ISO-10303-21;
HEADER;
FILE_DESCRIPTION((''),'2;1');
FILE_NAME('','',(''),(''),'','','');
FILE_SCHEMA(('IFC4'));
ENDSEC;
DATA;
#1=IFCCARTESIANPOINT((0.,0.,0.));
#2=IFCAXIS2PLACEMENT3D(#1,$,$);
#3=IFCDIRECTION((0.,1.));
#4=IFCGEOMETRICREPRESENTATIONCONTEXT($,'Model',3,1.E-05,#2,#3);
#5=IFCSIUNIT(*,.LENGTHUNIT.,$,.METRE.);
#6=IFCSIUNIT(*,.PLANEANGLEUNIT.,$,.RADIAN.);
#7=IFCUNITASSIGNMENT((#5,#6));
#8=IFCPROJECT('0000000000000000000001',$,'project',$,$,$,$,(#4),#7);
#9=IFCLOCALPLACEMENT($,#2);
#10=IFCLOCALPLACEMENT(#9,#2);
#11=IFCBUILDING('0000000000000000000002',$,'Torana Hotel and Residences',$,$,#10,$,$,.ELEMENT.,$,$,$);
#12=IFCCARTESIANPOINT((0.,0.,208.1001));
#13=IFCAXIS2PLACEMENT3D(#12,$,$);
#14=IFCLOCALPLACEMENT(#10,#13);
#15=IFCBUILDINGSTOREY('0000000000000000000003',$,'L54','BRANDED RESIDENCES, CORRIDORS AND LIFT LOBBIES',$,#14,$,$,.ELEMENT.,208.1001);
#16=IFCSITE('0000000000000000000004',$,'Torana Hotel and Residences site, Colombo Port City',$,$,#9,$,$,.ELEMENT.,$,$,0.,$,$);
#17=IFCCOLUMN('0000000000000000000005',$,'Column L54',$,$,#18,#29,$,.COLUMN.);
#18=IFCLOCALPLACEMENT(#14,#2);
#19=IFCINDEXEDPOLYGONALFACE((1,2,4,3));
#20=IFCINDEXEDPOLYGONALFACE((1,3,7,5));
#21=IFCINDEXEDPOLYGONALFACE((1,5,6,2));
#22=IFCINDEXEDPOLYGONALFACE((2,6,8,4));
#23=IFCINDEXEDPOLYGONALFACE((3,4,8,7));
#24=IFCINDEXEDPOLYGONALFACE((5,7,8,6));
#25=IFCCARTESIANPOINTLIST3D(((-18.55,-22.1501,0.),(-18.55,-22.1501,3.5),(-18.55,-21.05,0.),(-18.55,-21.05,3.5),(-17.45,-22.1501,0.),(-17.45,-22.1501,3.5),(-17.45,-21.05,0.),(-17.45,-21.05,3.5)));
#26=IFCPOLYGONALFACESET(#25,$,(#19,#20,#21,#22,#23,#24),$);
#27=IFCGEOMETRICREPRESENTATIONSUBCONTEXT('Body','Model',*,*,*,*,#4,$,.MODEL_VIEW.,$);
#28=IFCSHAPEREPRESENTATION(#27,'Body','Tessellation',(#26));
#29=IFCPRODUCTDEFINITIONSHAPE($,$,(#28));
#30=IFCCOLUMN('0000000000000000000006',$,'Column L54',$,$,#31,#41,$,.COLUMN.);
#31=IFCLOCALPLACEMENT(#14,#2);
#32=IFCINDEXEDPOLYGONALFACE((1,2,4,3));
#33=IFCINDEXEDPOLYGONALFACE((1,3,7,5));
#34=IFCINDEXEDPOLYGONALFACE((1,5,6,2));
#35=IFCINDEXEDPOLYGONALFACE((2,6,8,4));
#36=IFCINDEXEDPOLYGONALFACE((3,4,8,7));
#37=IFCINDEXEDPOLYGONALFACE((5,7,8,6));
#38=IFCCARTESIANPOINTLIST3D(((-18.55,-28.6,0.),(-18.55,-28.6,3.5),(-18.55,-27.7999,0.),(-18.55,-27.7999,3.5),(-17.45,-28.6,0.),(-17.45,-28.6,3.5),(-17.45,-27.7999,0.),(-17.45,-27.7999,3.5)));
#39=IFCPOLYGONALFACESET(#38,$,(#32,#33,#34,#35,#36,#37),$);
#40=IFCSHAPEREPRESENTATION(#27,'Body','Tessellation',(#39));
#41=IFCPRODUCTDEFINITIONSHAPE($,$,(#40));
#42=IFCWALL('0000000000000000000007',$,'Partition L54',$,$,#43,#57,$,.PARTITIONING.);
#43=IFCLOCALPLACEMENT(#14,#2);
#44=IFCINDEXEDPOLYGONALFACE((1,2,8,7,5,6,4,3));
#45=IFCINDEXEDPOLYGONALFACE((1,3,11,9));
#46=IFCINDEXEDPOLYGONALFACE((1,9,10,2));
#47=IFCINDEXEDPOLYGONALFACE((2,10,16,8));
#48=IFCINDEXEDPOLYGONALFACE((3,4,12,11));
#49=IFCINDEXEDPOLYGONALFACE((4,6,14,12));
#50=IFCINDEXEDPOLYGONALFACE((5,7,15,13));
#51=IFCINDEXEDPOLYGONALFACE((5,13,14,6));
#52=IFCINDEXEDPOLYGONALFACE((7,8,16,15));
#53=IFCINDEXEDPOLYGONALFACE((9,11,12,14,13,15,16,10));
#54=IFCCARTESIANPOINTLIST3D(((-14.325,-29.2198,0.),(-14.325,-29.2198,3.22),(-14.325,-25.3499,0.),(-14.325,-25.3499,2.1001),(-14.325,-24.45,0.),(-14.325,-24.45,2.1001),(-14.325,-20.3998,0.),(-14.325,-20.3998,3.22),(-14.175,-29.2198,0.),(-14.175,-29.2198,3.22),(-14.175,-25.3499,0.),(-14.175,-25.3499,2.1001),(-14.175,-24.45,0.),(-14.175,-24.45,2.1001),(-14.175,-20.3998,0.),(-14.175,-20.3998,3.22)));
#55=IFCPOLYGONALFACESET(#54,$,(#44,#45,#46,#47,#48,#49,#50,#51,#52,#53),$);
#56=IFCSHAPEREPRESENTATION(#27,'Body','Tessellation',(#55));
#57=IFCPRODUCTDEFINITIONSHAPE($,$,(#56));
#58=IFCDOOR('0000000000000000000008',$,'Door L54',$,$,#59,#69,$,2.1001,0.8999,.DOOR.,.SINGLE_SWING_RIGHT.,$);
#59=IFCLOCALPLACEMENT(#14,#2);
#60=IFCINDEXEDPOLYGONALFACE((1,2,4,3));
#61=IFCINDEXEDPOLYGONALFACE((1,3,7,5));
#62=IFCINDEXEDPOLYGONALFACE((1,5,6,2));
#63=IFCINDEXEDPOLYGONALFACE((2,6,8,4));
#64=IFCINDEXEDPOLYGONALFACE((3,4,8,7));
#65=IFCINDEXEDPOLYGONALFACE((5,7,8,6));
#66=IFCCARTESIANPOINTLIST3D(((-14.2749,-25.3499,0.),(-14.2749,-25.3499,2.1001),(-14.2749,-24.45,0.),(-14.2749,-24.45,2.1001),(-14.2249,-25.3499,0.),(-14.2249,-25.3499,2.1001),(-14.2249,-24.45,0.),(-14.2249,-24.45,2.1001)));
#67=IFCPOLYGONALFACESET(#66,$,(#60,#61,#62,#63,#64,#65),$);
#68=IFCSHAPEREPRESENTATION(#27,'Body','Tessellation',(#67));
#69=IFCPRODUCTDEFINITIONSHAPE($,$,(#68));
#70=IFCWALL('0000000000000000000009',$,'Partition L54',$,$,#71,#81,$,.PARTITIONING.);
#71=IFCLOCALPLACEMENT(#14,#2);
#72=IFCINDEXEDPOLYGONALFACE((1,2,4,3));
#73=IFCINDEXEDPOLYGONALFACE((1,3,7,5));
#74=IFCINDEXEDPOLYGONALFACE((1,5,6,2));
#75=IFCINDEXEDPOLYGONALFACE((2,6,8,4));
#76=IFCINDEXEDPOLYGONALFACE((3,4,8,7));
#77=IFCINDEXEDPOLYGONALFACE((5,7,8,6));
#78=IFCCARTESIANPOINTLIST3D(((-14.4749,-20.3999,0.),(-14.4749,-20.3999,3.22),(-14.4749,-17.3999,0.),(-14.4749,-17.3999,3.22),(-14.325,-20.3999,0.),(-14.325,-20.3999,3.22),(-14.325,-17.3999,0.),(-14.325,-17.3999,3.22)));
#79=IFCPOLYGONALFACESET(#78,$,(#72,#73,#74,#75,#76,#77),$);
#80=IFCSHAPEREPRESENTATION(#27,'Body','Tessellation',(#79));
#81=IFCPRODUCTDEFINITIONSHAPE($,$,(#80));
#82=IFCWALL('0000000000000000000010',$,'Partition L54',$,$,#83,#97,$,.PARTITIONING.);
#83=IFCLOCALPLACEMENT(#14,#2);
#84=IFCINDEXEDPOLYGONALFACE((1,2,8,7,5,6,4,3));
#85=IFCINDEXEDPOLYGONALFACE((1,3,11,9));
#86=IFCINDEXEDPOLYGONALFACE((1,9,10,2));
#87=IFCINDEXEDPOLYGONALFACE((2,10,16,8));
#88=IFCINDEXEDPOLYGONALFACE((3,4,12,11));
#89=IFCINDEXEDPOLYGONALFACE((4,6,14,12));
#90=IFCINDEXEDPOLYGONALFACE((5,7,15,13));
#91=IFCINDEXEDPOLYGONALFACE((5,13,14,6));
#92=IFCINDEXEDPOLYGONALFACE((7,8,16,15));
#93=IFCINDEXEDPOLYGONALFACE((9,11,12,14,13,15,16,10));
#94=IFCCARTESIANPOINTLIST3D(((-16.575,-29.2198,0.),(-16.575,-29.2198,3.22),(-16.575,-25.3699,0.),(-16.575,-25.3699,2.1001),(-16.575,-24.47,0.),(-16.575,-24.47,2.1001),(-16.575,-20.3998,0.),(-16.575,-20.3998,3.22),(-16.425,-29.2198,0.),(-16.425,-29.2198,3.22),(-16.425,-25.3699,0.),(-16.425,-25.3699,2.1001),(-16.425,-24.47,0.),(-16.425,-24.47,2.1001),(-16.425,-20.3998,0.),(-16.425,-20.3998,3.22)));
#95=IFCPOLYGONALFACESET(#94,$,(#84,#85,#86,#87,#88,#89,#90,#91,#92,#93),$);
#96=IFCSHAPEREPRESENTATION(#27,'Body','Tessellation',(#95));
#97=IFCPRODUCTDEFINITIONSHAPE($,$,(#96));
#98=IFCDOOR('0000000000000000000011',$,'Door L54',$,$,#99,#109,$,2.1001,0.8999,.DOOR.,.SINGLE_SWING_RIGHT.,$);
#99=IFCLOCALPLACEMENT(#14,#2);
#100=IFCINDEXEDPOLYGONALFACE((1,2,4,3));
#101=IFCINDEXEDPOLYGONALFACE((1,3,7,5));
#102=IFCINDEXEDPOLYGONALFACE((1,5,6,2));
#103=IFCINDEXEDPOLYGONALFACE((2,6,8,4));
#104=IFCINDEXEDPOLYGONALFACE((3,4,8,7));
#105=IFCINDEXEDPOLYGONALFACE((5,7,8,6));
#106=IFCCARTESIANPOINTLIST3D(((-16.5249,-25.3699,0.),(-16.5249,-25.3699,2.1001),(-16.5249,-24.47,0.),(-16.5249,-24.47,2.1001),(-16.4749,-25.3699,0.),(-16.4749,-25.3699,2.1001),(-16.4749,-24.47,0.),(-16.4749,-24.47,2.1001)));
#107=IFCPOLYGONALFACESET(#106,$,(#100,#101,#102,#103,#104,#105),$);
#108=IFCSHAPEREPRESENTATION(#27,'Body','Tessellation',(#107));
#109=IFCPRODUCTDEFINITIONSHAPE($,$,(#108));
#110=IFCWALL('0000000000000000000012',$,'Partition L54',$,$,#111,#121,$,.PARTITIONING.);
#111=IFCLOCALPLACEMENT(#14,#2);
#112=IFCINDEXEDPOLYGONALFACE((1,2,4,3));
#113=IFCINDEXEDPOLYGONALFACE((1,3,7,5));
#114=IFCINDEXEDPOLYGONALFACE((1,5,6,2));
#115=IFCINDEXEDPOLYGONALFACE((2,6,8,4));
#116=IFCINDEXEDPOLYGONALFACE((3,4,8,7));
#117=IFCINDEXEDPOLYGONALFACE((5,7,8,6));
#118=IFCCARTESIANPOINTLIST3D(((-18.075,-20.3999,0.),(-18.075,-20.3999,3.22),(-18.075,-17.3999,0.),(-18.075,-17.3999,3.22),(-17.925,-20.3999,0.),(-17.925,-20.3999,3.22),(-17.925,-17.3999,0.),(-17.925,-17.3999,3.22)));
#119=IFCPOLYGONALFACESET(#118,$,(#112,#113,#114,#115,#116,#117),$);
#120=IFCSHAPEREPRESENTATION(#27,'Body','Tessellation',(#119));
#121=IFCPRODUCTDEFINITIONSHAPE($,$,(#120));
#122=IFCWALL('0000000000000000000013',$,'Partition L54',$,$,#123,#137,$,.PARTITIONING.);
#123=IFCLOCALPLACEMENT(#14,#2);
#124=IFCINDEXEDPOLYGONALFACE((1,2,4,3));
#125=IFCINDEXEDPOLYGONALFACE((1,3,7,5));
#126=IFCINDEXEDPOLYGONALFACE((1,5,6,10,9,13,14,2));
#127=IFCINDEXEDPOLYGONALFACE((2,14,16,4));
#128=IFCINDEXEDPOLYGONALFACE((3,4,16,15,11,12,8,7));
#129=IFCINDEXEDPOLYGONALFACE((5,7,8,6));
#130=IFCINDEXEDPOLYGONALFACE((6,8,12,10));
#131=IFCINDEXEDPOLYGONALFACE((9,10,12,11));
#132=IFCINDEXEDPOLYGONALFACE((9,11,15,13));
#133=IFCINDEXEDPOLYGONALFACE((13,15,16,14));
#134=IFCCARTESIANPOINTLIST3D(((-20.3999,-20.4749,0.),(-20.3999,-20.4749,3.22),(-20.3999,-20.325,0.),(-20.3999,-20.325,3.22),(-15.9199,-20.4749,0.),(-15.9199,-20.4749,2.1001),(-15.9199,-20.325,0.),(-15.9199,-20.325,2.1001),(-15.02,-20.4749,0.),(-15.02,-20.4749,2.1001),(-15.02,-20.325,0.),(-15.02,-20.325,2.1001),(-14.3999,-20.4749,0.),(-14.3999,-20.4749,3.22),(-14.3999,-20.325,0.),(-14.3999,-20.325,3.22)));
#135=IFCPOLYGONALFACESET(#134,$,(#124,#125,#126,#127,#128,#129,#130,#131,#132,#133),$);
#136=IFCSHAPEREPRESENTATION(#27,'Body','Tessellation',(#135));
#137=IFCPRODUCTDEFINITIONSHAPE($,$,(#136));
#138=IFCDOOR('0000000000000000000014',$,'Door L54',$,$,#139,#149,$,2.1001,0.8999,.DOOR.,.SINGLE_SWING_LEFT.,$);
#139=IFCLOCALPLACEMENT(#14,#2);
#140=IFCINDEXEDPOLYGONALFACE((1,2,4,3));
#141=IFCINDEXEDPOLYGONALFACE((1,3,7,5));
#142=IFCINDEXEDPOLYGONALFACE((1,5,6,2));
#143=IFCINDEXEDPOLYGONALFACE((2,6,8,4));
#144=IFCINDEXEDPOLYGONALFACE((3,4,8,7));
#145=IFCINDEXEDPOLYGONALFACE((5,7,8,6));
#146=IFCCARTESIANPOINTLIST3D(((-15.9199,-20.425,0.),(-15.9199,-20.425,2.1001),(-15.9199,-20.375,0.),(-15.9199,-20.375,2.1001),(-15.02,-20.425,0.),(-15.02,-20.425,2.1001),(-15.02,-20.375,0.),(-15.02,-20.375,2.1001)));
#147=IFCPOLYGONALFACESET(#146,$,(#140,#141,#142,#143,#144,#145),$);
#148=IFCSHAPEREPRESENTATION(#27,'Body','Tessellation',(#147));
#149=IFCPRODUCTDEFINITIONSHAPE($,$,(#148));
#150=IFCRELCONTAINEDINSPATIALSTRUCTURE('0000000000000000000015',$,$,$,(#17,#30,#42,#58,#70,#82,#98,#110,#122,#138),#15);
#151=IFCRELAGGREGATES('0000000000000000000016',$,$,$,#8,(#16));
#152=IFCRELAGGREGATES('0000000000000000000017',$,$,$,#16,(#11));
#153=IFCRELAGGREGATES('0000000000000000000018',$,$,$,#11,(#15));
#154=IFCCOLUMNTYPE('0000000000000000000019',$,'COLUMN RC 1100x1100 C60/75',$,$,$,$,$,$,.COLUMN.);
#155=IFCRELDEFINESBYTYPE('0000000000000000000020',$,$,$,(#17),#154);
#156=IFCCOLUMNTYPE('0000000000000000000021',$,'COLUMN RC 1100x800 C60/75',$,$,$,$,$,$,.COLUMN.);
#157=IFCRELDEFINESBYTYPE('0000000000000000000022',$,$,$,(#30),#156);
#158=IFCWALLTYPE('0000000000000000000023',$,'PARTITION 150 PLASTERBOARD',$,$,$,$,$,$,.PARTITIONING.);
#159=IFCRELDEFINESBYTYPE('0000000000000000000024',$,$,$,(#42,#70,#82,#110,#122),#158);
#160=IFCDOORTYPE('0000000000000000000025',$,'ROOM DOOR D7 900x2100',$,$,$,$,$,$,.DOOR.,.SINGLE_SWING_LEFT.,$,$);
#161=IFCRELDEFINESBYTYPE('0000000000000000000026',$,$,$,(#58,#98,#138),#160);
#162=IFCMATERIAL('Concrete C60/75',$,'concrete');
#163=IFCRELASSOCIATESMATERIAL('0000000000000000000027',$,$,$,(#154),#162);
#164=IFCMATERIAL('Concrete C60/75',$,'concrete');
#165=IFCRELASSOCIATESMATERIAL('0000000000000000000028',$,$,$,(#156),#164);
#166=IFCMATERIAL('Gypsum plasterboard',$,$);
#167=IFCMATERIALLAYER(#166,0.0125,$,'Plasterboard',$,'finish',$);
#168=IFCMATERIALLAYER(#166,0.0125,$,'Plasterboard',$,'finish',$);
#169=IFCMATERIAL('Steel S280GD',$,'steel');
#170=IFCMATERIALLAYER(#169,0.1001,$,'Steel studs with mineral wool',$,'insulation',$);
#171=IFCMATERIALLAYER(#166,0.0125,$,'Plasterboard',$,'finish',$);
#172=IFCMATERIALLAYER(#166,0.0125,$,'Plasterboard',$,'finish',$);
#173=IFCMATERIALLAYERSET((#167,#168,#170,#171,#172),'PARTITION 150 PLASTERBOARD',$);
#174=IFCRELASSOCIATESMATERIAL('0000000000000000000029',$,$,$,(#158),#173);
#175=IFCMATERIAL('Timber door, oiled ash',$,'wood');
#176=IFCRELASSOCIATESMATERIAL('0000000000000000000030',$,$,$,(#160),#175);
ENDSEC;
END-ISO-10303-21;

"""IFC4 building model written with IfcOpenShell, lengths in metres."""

from ifc_helpers import new_model, si_unit, direction, frame, frame_2d, origin, origin_2d, place, context, subcontext, project, spatial, rectangle, extrude, material, layer, layer_set, material_profile, profile_set, type_object, element, fill, save


model = new_model("IFC4")

# Units and contexts
model_context = context("Model", 3, precision=1e-05, world=origin(), true_north=direction((0.0, 1.0)))
body_context = subcontext(model_context, "Body", "Model", "MODEL_VIEW")
ifc_project = project(units=[si_unit("LENGTHUNIT", "METRE"), si_unit("PLANEANGLEUNIT", "RADIAN")], contexts=[model_context])

# Site, building, storey
site_placement = place(None, origin())
site = spatial("IfcSite", under=ifc_project, at=site_placement, Name="Torana Hotel and Residences site, Colombo Port City", CompositionType="ELEMENT", RefElevation=0.0)
building_placement = place(site_placement, origin())
building = spatial("IfcBuilding", under=site, at=building_placement, Name="Torana Hotel and Residences", CompositionType="ELEMENT")
storey_placement = place(building_placement, frame((0.0, 0.0, 208.1001)))
storey = spatial("IfcBuildingStorey", under=building, at=storey_placement, Name="L54", Description="BRANDED RESIDENCES, CORRIDORS AND LIFT LOBBIES", CompositionType="ELEMENT", Elevation=208.1001)

# Columns
ifc_material_1 = material(Name="Concrete C60/75", Category="concrete")
ifc_material_profile_1 = material_profile(ifc_material_1, rectangle(XDim=1.1001, YDim=1.1001, at=origin_2d()), Name="RC 1100x1100")
ifc_profile_set_1 = profile_set([ifc_material_profile_1], Name="Concrete C60/75")
column_type_1 = type_object("IfcColumnType", Name="COLUMN RC 1100x1100 C60/75", PredefinedType="COLUMN", material=ifc_profile_set_1)
column_1_placement = place(storey_placement, frame((-18.0, -21.6001, 0.0), z_axis=(0.0, 0.0, 1.0), x_axis=(1.0, 0.0, 0.0)))
element("IfcColumn", 1, at=column_1_placement, inside=storey, type_object=column_type_1, Name="Column L54", PredefinedType="COLUMN", context=body_context, shape_type="SweptSolid", body=[
    extrude(rectangle(XDim=1.1001, YDim=1.1001, at=origin_2d()), origin(), (0.0, 0.0, 1.0), 3.5),
])
ifc_material_2 = material(Name="Concrete C60/75", Category="concrete")
ifc_material_profile_2 = material_profile(ifc_material_2, rectangle(XDim=1.1001, YDim=0.8, at=origin_2d()), Name="RC 1100x800")
ifc_profile_set_2 = profile_set([ifc_material_profile_2], Name="Concrete C60/75")
column_type_2 = type_object("IfcColumnType", Name="COLUMN RC 1100x800 C60/75", PredefinedType="COLUMN", material=ifc_profile_set_2)
column_2_placement = place(storey_placement, frame((-18.0, -28.2, 0.0), z_axis=(0.0, 0.0, 1.0), x_axis=(1.0, 0.0, 0.0)))
element("IfcColumn", 2, at=column_2_placement, inside=storey, type_object=column_type_2, Name="Column L54", PredefinedType="COLUMN", context=body_context, shape_type="SweptSolid", body=[
    extrude(rectangle(XDim=1.1001, YDim=0.8, at=origin_2d()), origin(), (0.0, 0.0, 1.0), 3.5),
])

# Wall, opening, door
ifc_material_3 = material(Name="Gypsum plasterboard")
ifc_layer_1 = layer(ifc_material_3, 0.0125, Name="Plasterboard", Category="finish")
ifc_layer_2 = layer(ifc_material_3, 0.0125, Name="Plasterboard", Category="finish")
ifc_material_4 = material(Name="Steel S280GD", Category="steel")
ifc_layer_3 = layer(ifc_material_4, 0.1001, Name="Steel studs with mineral wool", Category="insulation")
ifc_layer_4 = layer(ifc_material_3, 0.0125, Name="Plasterboard", Category="finish")
ifc_layer_5 = layer(ifc_material_3, 0.0125, Name="Plasterboard", Category="finish")
ifc_layer_set_1 = layer_set([ifc_layer_1, ifc_layer_2, ifc_layer_3, ifc_layer_4, ifc_layer_5], Name="PARTITION 150 PLASTERBOARD")
wall_type_1 = type_object("IfcWallType", Name="PARTITION 150 PLASTERBOARD", PredefinedType="PARTITIONING", material=ifc_layer_set_1)
wall_1_placement = place(storey_placement, frame((-14.25, -29.22, 0.0), z_axis=(0.0, 0.0, 1.0), x_axis=(0.0, 1.0, 0.0)))
wall_1 = element("IfcWall", 3, at=wall_1_placement, inside=storey, type_object=wall_type_1, Name="Partition L54", PredefinedType="PARTITIONING", context=body_context, shape_type="SweptSolid", body=[
    extrude(rectangle(XDim=8.8201, YDim=0.1499, at=frame_2d((4.4102, 0.0))), origin(), (0.0, 0.0, 1.0), 3.22),
])
opening_1_placement = place(wall_1_placement, frame((3.8701, 0.0, 0.0)))
opening_1 = element("IfcOpeningElement", 4, at=opening_1_placement, cuts=wall_1, PredefinedType="OPENING", context=body_context, shape_type="SweptSolid", body=[
    extrude(rectangle(XDim=0.8999, YDim=2.1001, at=frame_2d((0.45, 1.05))), frame((0.0, 0.085, 0.0), z_axis=(0.0, -1.0, 0.0), x_axis=(1.0, 0.0, 0.0)), (0.0, 0.0, 1.0), 0.1699),
])
ifc_material_5 = material(Name="Timber door, oiled ash", Category="wood")
door_type_1 = type_object("IfcDoorType", Name="ROOM DOOR D7 900x2100", OperationType="SINGLE_SWING_LEFT", PredefinedType="DOOR", material=ifc_material_5)
door_1_placement = place(opening_1_placement, origin())
door_1 = element("IfcDoor", 5, at=door_1_placement, inside=storey, type_object=door_type_1, Name="Door L54", OperationType="SINGLE_SWING_RIGHT", OverallHeight=2.1001, OverallWidth=0.8999, PredefinedType="DOOR", context=body_context, shape_type="SweptSolid", body=[
    extrude(rectangle(XDim=0.8999, YDim=2.1001, at=frame_2d((0.45, 1.05))), frame((0.0, 0.0249, 0.0), z_axis=(0.0, -1.0, 0.0), x_axis=(1.0, 0.0, 0.0)), (0.0, 0.0, 1.0), 0.05),
])
fill(opening_1, door_1)

# Wall
wall_2_placement = place(storey_placement, frame((-14.3999, -20.3999, 0.0), z_axis=(0.0, 0.0, 1.0), x_axis=(0.0, 1.0, 0.0)))
element("IfcWall", 6, at=wall_2_placement, inside=storey, type_object=wall_type_1, Name="Partition L54", PredefinedType="PARTITIONING", context=body_context, shape_type="SweptSolid", body=[
    extrude(rectangle(XDim=3.0, YDim=0.1499, at=frame_2d((1.5, 0.0))), origin(), (0.0, 0.0, 1.0), 3.22),
])

# Wall, opening, door
wall_3_placement = place(storey_placement, frame((-16.5, -29.22, 0.0), z_axis=(0.0, 0.0, 1.0), x_axis=(0.0, 1.0, 0.0)))
wall_3 = element("IfcWall", 7, at=wall_3_placement, inside=storey, type_object=wall_type_1, Name="Partition L54", PredefinedType="PARTITIONING", context=body_context, shape_type="SweptSolid", body=[
    extrude(rectangle(XDim=8.8201, YDim=0.1499, at=frame_2d((4.4102, 0.0))), origin(), (0.0, 0.0, 1.0), 3.22),
])
opening_2_placement = place(wall_3_placement, frame((3.8501, 0.0, 0.0)))
opening_2 = element("IfcOpeningElement", 8, at=opening_2_placement, cuts=wall_3, PredefinedType="OPENING", context=body_context, shape_type="SweptSolid", body=[
    extrude(rectangle(XDim=0.8999, YDim=2.1001, at=frame_2d((0.45, 1.05))), frame((0.0, 0.085, 0.0), z_axis=(0.0, -1.0, 0.0), x_axis=(1.0, 0.0, 0.0)), (0.0, 0.0, 1.0), 0.1699),
])
door_2_placement = place(opening_2_placement, origin())
door_2 = element("IfcDoor", 9, at=door_2_placement, inside=storey, type_object=door_type_1, Name="Door L54", OperationType="SINGLE_SWING_RIGHT", OverallHeight=2.1001, OverallWidth=0.8999, PredefinedType="DOOR", context=body_context, shape_type="SweptSolid", body=[
    extrude(rectangle(XDim=0.8999, YDim=2.1001, at=frame_2d((0.45, 1.05))), frame((0.0, 0.0249, 0.0), z_axis=(0.0, -1.0, 0.0), x_axis=(1.0, 0.0, 0.0)), (0.0, 0.0, 1.0), 0.05),
])
fill(opening_2, door_2)

# Wall
wall_4_placement = place(storey_placement, frame((-18.0, -20.3999, 0.0), z_axis=(0.0, 0.0, 1.0), x_axis=(0.0, 1.0, 0.0)))
element("IfcWall", 10, at=wall_4_placement, inside=storey, type_object=wall_type_1, Name="Partition L54", PredefinedType="PARTITIONING", context=body_context, shape_type="SweptSolid", body=[
    extrude(rectangle(XDim=3.0, YDim=0.1499, at=frame_2d((1.5, 0.0))), origin(), (0.0, 0.0, 1.0), 3.22),
])

# Wall, opening, door
wall_5_placement = place(storey_placement, frame((-20.3999, -20.3999, 0.0), z_axis=(0.0, 0.0, 1.0), x_axis=(1.0, 0.0, 0.0)))
wall_5 = element("IfcWall", 11, at=wall_5_placement, inside=storey, type_object=wall_type_1, Name="Partition L54", PredefinedType="PARTITIONING", context=body_context, shape_type="SweptSolid", body=[
    extrude(rectangle(XDim=6.0, YDim=0.1499, at=frame_2d((3.0, 0.0))), origin(), (0.0, 0.0, 1.0), 3.22),
])
opening_3_placement = place(wall_5_placement, frame((4.48, 0.0, 0.0)))
opening_3 = element("IfcOpeningElement", 12, at=opening_3_placement, cuts=wall_5, PredefinedType="OPENING", context=body_context, shape_type="SweptSolid", body=[
    extrude(rectangle(XDim=0.8999, YDim=2.1001, at=frame_2d((0.45, 1.05))), frame((0.0, 0.085, 0.0), z_axis=(0.0, -1.0, 0.0), x_axis=(1.0, 0.0, 0.0)), (0.0, 0.0, 1.0), 0.1699),
])
door_3_placement = place(opening_3_placement, origin())
door_3 = element("IfcDoor", 13, at=door_3_placement, inside=storey, type_object=door_type_1, Name="Door L54", OperationType="SINGLE_SWING_LEFT", OverallHeight=2.1001, OverallWidth=0.8999, PredefinedType="DOOR", context=body_context, shape_type="SweptSolid", body=[
    extrude(rectangle(XDim=0.8999, YDim=2.1001, at=frame_2d((0.45, 1.05))), frame((0.0, 0.0249, 0.0), z_axis=(0.0, -1.0, 0.0), x_axis=(1.0, 0.0, 0.0)), (0.0, 0.0, 1.0), 0.05),
])
fill(opening_3, door_3)

save(model, "model.ifc")
